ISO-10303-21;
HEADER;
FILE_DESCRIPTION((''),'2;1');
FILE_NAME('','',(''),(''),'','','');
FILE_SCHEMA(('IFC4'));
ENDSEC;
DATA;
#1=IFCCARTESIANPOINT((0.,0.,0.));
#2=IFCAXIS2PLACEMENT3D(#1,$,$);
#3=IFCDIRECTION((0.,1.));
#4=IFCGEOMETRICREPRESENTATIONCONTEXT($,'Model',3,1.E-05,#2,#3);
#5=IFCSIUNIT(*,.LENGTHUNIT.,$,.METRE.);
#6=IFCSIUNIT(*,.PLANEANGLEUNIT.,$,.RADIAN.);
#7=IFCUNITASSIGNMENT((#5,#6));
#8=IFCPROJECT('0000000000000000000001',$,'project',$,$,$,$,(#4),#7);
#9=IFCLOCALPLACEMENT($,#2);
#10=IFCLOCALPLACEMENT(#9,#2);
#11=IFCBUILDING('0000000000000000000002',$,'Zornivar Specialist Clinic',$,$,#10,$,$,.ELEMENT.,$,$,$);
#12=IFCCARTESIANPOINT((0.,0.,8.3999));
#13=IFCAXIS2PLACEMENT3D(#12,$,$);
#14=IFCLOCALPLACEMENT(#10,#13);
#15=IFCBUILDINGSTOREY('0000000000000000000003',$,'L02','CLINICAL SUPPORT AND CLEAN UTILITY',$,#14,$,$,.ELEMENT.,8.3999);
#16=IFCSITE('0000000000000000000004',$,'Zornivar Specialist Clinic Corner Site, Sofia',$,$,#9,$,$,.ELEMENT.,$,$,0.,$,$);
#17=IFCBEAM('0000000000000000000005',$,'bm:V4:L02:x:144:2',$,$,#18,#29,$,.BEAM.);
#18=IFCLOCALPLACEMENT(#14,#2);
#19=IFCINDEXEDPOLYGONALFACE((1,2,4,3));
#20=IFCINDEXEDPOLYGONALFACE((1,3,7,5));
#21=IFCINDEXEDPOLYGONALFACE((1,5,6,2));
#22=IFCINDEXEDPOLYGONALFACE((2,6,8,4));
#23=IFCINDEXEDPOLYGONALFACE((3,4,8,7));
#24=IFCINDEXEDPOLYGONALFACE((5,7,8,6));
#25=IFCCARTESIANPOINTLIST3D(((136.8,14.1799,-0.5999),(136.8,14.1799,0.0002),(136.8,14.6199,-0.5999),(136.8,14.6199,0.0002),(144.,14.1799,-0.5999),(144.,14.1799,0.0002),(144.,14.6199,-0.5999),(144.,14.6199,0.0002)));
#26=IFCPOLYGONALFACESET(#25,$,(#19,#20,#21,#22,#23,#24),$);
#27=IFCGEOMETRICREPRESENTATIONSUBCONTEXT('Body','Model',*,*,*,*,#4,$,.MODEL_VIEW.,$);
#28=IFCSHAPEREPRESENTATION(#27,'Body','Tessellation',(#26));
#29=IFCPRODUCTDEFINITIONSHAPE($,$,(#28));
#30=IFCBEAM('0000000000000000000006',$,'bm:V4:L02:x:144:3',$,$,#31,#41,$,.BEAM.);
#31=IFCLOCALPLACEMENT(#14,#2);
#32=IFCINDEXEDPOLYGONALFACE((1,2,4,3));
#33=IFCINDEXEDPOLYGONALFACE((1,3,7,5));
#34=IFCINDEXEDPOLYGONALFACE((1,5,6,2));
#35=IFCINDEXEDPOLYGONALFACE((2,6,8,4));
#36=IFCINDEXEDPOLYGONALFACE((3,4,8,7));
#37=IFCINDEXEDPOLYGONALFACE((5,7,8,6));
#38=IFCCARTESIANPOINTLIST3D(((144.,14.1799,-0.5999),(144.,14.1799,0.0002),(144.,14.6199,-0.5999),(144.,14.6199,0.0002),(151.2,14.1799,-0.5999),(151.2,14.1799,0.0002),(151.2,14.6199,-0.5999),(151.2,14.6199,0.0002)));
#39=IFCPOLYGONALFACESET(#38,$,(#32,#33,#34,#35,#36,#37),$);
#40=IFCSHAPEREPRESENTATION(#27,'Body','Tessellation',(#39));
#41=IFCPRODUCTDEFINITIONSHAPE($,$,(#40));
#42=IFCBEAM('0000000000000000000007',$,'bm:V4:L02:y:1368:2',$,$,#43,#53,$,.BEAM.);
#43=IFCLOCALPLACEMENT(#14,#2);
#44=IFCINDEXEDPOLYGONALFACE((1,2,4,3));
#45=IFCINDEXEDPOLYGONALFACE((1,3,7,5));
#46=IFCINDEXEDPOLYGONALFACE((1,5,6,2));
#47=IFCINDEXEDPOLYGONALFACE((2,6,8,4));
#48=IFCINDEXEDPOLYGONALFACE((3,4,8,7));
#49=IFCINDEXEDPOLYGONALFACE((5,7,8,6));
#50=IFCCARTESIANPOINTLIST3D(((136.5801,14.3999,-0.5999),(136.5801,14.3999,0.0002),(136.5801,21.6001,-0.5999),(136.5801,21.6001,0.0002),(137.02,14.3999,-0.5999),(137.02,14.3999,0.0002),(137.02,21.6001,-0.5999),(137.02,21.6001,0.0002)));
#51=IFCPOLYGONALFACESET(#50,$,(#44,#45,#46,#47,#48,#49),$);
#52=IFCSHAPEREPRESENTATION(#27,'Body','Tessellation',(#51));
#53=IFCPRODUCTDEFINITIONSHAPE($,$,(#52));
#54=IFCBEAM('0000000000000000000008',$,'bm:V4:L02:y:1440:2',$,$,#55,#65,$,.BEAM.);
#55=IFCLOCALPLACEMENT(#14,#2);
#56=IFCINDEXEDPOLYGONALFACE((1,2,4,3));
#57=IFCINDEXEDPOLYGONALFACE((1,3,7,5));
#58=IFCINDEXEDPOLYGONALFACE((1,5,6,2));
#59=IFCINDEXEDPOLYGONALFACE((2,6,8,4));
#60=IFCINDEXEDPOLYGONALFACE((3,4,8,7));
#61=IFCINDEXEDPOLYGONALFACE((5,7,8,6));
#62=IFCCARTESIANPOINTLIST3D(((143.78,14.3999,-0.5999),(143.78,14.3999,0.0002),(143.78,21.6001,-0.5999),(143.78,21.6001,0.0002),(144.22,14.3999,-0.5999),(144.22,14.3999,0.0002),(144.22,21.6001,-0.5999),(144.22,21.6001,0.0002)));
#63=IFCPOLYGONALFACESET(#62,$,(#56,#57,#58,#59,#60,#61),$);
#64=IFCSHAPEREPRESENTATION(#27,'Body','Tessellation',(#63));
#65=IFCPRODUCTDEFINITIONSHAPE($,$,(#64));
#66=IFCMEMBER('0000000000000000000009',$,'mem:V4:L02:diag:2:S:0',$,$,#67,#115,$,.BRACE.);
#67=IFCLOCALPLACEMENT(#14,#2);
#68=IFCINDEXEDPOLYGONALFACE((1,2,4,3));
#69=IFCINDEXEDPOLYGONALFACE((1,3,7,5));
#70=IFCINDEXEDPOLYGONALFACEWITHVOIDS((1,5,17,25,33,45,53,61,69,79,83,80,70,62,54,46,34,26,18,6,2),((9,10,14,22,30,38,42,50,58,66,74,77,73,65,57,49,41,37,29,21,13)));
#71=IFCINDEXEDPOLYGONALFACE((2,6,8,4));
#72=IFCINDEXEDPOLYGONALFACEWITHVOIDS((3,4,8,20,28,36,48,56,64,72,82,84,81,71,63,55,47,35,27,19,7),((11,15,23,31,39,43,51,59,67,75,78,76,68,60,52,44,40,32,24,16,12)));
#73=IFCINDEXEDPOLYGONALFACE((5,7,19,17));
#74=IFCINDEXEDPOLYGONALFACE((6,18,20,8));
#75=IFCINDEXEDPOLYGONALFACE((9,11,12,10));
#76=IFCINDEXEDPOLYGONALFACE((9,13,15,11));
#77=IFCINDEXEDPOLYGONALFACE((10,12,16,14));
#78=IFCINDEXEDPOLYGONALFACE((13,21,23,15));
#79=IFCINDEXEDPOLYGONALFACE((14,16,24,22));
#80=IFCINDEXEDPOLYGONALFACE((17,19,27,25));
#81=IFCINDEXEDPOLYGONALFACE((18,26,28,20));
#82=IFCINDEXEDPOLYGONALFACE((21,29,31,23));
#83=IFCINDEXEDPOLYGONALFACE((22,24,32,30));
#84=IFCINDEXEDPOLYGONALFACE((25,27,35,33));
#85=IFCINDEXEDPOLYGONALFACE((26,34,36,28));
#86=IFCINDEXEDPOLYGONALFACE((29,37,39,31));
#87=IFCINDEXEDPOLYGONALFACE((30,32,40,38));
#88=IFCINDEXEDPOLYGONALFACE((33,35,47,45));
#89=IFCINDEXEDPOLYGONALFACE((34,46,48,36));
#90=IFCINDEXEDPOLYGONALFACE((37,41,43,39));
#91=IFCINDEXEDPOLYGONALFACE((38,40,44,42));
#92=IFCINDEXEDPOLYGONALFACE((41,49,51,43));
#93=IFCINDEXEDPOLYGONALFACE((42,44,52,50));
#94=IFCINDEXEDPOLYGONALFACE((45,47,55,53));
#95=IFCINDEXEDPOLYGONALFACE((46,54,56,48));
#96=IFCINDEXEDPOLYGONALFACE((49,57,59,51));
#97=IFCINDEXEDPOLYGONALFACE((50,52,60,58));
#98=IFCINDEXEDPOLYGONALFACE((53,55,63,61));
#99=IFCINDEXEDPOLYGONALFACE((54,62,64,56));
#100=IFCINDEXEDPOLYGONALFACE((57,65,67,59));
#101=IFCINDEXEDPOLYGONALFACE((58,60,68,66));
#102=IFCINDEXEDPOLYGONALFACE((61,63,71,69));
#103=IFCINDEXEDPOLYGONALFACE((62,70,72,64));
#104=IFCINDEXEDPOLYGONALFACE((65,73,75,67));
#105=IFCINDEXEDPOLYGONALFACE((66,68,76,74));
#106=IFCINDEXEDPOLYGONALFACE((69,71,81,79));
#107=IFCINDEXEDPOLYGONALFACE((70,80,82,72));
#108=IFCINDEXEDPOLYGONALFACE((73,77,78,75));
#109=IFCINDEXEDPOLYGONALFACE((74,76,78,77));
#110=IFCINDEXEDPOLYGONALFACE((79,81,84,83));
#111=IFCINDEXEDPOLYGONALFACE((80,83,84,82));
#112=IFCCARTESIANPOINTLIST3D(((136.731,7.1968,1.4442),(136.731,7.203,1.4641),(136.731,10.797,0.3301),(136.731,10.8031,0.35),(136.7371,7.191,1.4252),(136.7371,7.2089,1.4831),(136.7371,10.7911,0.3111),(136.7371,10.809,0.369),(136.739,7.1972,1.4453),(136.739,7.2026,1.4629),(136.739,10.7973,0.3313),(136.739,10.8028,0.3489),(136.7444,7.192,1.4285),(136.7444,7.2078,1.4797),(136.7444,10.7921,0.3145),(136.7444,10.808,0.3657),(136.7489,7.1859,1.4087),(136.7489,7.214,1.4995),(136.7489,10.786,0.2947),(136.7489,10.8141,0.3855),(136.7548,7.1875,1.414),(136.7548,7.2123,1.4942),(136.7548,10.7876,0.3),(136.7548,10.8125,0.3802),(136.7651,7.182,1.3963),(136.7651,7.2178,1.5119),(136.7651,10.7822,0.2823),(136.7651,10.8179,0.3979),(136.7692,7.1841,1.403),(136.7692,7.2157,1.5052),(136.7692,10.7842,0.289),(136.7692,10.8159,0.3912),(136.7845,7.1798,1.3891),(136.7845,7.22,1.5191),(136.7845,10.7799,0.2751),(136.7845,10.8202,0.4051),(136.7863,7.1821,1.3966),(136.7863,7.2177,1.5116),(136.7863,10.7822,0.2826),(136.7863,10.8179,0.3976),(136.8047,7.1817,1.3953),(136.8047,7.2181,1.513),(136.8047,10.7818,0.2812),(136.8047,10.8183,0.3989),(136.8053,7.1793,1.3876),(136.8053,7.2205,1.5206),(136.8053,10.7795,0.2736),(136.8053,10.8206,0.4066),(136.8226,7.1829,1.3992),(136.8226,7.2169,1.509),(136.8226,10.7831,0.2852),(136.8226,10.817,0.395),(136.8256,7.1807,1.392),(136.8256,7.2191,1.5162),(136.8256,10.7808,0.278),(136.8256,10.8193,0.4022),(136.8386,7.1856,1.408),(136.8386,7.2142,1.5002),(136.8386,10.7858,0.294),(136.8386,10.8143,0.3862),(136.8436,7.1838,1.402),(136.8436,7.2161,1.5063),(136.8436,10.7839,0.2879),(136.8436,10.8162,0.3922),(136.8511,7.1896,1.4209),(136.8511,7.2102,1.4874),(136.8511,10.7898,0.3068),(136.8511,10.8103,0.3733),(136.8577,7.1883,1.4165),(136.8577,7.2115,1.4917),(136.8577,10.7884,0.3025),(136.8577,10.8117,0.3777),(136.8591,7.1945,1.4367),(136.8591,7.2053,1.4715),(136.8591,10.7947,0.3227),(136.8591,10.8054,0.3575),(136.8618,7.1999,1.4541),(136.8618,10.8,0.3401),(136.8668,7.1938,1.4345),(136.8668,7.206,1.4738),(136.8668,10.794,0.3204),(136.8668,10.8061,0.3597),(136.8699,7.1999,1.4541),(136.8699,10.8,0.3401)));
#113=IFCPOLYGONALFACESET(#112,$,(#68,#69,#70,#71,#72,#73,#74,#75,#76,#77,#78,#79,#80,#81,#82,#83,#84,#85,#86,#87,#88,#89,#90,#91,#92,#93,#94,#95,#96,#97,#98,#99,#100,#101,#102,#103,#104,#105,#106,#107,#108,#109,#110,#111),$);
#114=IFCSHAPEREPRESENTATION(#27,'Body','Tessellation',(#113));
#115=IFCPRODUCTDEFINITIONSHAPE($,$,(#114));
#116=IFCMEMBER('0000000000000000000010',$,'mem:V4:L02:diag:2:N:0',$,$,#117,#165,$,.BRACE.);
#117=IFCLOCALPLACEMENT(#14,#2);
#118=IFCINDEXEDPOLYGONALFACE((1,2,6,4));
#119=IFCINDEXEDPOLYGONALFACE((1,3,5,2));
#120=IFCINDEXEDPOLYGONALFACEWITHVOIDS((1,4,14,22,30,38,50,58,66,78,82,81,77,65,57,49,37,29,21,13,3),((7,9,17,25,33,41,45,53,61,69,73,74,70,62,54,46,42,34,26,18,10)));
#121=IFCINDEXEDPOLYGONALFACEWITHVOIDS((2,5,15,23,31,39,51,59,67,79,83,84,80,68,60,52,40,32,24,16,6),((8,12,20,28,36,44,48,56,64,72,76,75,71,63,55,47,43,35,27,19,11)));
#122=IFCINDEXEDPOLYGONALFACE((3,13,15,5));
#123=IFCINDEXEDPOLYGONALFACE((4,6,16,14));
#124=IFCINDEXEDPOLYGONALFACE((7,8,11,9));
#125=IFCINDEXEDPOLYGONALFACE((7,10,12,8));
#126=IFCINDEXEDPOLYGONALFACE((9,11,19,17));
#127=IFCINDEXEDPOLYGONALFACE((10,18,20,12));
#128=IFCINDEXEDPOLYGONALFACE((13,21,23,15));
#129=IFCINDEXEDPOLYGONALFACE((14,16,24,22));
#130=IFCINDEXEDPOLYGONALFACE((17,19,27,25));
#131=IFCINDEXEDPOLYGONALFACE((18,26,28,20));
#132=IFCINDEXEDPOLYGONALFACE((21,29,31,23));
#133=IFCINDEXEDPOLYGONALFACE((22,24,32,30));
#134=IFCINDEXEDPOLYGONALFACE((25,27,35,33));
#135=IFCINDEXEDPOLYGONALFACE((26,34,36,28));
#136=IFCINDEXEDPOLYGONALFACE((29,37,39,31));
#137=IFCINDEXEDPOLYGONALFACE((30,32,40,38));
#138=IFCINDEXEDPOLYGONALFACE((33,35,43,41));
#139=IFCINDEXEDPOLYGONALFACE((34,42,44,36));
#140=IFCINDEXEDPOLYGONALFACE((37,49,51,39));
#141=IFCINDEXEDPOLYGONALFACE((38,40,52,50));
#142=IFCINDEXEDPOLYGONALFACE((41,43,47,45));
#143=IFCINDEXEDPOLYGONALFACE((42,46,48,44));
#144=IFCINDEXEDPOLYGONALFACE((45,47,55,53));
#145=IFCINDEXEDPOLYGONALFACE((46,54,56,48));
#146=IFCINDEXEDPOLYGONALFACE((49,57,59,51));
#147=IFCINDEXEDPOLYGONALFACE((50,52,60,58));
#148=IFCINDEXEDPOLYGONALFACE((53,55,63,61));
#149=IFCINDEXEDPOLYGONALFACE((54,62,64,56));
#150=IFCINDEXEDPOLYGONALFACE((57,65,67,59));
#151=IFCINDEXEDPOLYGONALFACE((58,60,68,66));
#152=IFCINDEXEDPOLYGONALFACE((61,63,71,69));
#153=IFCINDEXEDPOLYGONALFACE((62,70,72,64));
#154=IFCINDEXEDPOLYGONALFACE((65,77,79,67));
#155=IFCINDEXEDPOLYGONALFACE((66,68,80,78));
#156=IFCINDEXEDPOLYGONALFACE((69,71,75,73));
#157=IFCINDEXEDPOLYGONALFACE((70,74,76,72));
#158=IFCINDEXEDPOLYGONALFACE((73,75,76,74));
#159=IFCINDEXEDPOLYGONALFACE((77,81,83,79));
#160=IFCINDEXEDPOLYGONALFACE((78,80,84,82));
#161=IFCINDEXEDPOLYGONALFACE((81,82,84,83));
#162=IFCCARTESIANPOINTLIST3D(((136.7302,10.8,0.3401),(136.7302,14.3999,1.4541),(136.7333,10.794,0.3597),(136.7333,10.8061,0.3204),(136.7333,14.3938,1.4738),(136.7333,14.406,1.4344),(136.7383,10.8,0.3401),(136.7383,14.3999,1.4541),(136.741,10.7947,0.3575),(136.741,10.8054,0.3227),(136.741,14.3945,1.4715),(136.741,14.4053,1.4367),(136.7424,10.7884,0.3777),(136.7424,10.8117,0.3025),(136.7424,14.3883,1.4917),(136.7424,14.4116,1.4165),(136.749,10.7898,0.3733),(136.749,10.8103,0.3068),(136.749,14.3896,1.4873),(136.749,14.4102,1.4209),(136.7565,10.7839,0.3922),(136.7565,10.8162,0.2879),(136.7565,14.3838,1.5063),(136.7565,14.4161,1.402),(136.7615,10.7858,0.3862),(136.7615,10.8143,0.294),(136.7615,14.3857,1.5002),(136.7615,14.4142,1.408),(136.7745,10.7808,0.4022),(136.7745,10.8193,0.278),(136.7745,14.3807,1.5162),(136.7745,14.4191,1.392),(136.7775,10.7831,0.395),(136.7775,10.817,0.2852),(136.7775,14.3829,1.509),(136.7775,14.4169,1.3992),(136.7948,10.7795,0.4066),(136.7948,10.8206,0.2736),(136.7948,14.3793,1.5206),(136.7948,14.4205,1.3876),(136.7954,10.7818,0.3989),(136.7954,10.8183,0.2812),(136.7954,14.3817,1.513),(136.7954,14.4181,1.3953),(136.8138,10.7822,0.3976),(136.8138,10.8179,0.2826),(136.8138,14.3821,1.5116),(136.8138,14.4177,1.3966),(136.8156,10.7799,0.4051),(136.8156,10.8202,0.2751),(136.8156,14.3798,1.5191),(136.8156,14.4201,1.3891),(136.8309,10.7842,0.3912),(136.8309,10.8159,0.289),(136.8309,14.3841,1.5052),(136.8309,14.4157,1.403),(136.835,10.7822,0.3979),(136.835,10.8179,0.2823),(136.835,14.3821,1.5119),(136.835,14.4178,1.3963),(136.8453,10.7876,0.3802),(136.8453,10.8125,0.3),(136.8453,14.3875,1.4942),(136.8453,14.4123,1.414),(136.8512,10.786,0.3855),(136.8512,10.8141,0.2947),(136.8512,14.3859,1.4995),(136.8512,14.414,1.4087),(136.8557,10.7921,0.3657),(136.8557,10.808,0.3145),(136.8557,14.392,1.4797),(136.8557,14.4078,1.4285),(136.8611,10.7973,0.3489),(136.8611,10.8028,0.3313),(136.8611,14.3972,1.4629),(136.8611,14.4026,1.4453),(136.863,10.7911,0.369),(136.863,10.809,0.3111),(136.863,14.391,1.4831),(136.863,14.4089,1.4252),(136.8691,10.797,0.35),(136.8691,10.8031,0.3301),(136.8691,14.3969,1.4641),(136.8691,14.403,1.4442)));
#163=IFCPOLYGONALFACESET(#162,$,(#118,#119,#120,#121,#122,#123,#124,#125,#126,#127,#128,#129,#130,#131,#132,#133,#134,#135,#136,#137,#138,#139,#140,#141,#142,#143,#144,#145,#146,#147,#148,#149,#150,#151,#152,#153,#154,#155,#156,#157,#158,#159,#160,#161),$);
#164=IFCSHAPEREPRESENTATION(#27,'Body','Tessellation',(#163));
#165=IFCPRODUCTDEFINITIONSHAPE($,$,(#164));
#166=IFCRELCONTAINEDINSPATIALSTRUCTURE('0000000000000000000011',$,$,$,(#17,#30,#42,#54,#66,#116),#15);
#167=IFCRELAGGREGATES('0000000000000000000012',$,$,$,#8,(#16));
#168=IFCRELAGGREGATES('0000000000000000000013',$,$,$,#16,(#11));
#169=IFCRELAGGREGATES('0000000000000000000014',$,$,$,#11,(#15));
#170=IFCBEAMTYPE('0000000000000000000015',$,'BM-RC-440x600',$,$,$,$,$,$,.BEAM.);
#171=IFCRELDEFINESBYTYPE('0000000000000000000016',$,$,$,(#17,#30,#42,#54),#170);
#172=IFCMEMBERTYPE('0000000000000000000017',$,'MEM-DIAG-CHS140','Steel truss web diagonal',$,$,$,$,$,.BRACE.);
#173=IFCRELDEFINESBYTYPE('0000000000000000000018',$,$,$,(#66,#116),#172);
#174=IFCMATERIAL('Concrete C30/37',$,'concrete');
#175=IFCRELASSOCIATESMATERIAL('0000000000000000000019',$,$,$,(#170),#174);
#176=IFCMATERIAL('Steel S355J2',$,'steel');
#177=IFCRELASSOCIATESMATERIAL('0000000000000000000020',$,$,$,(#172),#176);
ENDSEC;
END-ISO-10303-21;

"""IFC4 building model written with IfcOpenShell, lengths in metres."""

from ifc_helpers import new_model, si_unit, direction, frame, origin, origin_2d, place, context, subcontext, project, spatial, rectangle, hollow_circle, extrude, material, material_profile, profile_set, type_object, element, save


model = new_model("IFC4")

# Units and contexts
model_context = context("Model", 3, precision=1e-05, world=origin(), true_north=direction((0.0, 1.0)))
body_context = subcontext(model_context, "Body", "Model", "MODEL_VIEW")
ifc_project = project(units=[si_unit("LENGTHUNIT", "METRE"), si_unit("PLANEANGLEUNIT", "RADIAN")], contexts=[model_context])

# Site, building, storey
site_placement = place(None, origin())
site = spatial("IfcSite", under=ifc_project, at=site_placement, Name="Zornivar Specialist Clinic Corner Site, Sofia", CompositionType="ELEMENT", RefElevation=0.0)
building_placement = place(site_placement, origin())
building = spatial("IfcBuilding", under=site, at=building_placement, Name="Zornivar Specialist Clinic", CompositionType="ELEMENT")
storey_placement = place(building_placement, frame((0.0, 0.0, 8.3999)))
storey = spatial("IfcBuildingStorey", under=building, at=storey_placement, Name="L02", Description="CLINICAL SUPPORT AND CLEAN UTILITY", CompositionType="ELEMENT", Elevation=8.3999)

# Beams
ifc_material_1 = material(Name="Concrete C30/37", Category="concrete")
ifc_material_profile_1 = material_profile(ifc_material_1, rectangle(XDim=0.4399, YDim=0.6001, at=origin_2d()), Name="RC 440x600")
ifc_profile_set_1 = profile_set([ifc_material_profile_1], Name="Concrete C30/37")
beam_type = type_object("IfcBeamType", Name="BM-RC-440x600", PredefinedType="BEAM", material=ifc_profile_set_1)
for number, where, z_axis, x_axis, name in (
    (1, (136.8, 14.3999, -0.2998), (1.0, 0.0, 0.0), (0.0, 1.0, 0.0), "bm:V4:L02:x:144:2"),
    (2, (144.0, 14.3999, -0.2998), (1.0, 0.0, 0.0), (0.0, 1.0, 0.0), "bm:V4:L02:x:144:3"),
):
    element("IfcBeam", number, at=place(storey_placement, frame(where, z_axis=z_axis, x_axis=x_axis)), inside=storey, type_object=beam_type, Name=name, PredefinedType="BEAM", context=body_context, shape_type="SweptSolid", body=[
        extrude(rectangle(XDim=0.4399, YDim=0.6001, at=origin_2d()), origin(), (0.0, 0.0, 1.0), 7.2),
    ])
for number, where, z_axis, x_axis, name in (
    (3, (136.8, 14.3999, -0.2998), (0.0, 1.0, 0.0), (-1.0, 0.0, 0.0), "bm:V4:L02:y:1368:2"),
    (4, (144.0, 14.3999, -0.2998), (0.0, 1.0, 0.0), (-1.0, 0.0, 0.0), "bm:V4:L02:y:1440:2"),
):
    element("IfcBeam", number, at=place(storey_placement, frame(where, z_axis=z_axis, x_axis=x_axis)), inside=storey, type_object=beam_type, Name=name, PredefinedType="BEAM", context=body_context, shape_type="SweptSolid", body=[
        extrude(rectangle(XDim=0.4399, YDim=0.6001, at=origin_2d()), origin(), (0.0, 0.0, 1.0), 7.2002),
    ])

# Members
ifc_material_2 = material(Name="Steel S355J2", Category="steel")
ifc_material_profile_2 = material_profile(ifc_material_2, hollow_circle(Radius=0.0698, WallThickness=0.0081, at=origin_2d()), Name="CHS 139.7x8")
ifc_profile_set_2 = profile_set([ifc_material_profile_2], Name="Steel S355J2")
member_type_1 = type_object("IfcMemberType", Name="MEM-DIAG-CHS140", Description="Steel truss web diagonal", PredefinedType="BRACE", material=ifc_profile_set_2)
member_1_placement = place(storey_placement, frame((136.8, 10.8, 0.3401), z_axis=(0.0, -0.955309, 0.295611), x_axis=(1.0, 0.0, 0.0)))
element("IfcMember", 5, at=member_1_placement, inside=storey, type_object=member_type_1, Name="mem:V4:L02:diag:2:S:0", PredefinedType="BRACE", context=body_context, shape_type="SweptSolid", body=[
    extrude(hollow_circle(Radius=0.0698, WallThickness=0.0081, at=origin_2d()), origin(), (0.0, 0.0, 1.0), 3.7686),
])
member_2_placement = place(storey_placement, frame((136.8, 10.8, 0.3401), z_axis=(0.0, 0.955303, 0.295629), x_axis=(-1.0, 0.0, 0.0)))
element("IfcMember", 6, at=member_2_placement, inside=storey, type_object=member_type_1, Name="mem:V4:L02:diag:2:N:0", PredefinedType="BRACE", context=body_context, shape_type="SweptSolid", body=[
    extrude(hollow_circle(Radius=0.0698, WallThickness=0.0081, at=origin_2d()), origin(), (0.0, 0.0, 1.0), 3.7683),
])

save(model, "model.ifc")
